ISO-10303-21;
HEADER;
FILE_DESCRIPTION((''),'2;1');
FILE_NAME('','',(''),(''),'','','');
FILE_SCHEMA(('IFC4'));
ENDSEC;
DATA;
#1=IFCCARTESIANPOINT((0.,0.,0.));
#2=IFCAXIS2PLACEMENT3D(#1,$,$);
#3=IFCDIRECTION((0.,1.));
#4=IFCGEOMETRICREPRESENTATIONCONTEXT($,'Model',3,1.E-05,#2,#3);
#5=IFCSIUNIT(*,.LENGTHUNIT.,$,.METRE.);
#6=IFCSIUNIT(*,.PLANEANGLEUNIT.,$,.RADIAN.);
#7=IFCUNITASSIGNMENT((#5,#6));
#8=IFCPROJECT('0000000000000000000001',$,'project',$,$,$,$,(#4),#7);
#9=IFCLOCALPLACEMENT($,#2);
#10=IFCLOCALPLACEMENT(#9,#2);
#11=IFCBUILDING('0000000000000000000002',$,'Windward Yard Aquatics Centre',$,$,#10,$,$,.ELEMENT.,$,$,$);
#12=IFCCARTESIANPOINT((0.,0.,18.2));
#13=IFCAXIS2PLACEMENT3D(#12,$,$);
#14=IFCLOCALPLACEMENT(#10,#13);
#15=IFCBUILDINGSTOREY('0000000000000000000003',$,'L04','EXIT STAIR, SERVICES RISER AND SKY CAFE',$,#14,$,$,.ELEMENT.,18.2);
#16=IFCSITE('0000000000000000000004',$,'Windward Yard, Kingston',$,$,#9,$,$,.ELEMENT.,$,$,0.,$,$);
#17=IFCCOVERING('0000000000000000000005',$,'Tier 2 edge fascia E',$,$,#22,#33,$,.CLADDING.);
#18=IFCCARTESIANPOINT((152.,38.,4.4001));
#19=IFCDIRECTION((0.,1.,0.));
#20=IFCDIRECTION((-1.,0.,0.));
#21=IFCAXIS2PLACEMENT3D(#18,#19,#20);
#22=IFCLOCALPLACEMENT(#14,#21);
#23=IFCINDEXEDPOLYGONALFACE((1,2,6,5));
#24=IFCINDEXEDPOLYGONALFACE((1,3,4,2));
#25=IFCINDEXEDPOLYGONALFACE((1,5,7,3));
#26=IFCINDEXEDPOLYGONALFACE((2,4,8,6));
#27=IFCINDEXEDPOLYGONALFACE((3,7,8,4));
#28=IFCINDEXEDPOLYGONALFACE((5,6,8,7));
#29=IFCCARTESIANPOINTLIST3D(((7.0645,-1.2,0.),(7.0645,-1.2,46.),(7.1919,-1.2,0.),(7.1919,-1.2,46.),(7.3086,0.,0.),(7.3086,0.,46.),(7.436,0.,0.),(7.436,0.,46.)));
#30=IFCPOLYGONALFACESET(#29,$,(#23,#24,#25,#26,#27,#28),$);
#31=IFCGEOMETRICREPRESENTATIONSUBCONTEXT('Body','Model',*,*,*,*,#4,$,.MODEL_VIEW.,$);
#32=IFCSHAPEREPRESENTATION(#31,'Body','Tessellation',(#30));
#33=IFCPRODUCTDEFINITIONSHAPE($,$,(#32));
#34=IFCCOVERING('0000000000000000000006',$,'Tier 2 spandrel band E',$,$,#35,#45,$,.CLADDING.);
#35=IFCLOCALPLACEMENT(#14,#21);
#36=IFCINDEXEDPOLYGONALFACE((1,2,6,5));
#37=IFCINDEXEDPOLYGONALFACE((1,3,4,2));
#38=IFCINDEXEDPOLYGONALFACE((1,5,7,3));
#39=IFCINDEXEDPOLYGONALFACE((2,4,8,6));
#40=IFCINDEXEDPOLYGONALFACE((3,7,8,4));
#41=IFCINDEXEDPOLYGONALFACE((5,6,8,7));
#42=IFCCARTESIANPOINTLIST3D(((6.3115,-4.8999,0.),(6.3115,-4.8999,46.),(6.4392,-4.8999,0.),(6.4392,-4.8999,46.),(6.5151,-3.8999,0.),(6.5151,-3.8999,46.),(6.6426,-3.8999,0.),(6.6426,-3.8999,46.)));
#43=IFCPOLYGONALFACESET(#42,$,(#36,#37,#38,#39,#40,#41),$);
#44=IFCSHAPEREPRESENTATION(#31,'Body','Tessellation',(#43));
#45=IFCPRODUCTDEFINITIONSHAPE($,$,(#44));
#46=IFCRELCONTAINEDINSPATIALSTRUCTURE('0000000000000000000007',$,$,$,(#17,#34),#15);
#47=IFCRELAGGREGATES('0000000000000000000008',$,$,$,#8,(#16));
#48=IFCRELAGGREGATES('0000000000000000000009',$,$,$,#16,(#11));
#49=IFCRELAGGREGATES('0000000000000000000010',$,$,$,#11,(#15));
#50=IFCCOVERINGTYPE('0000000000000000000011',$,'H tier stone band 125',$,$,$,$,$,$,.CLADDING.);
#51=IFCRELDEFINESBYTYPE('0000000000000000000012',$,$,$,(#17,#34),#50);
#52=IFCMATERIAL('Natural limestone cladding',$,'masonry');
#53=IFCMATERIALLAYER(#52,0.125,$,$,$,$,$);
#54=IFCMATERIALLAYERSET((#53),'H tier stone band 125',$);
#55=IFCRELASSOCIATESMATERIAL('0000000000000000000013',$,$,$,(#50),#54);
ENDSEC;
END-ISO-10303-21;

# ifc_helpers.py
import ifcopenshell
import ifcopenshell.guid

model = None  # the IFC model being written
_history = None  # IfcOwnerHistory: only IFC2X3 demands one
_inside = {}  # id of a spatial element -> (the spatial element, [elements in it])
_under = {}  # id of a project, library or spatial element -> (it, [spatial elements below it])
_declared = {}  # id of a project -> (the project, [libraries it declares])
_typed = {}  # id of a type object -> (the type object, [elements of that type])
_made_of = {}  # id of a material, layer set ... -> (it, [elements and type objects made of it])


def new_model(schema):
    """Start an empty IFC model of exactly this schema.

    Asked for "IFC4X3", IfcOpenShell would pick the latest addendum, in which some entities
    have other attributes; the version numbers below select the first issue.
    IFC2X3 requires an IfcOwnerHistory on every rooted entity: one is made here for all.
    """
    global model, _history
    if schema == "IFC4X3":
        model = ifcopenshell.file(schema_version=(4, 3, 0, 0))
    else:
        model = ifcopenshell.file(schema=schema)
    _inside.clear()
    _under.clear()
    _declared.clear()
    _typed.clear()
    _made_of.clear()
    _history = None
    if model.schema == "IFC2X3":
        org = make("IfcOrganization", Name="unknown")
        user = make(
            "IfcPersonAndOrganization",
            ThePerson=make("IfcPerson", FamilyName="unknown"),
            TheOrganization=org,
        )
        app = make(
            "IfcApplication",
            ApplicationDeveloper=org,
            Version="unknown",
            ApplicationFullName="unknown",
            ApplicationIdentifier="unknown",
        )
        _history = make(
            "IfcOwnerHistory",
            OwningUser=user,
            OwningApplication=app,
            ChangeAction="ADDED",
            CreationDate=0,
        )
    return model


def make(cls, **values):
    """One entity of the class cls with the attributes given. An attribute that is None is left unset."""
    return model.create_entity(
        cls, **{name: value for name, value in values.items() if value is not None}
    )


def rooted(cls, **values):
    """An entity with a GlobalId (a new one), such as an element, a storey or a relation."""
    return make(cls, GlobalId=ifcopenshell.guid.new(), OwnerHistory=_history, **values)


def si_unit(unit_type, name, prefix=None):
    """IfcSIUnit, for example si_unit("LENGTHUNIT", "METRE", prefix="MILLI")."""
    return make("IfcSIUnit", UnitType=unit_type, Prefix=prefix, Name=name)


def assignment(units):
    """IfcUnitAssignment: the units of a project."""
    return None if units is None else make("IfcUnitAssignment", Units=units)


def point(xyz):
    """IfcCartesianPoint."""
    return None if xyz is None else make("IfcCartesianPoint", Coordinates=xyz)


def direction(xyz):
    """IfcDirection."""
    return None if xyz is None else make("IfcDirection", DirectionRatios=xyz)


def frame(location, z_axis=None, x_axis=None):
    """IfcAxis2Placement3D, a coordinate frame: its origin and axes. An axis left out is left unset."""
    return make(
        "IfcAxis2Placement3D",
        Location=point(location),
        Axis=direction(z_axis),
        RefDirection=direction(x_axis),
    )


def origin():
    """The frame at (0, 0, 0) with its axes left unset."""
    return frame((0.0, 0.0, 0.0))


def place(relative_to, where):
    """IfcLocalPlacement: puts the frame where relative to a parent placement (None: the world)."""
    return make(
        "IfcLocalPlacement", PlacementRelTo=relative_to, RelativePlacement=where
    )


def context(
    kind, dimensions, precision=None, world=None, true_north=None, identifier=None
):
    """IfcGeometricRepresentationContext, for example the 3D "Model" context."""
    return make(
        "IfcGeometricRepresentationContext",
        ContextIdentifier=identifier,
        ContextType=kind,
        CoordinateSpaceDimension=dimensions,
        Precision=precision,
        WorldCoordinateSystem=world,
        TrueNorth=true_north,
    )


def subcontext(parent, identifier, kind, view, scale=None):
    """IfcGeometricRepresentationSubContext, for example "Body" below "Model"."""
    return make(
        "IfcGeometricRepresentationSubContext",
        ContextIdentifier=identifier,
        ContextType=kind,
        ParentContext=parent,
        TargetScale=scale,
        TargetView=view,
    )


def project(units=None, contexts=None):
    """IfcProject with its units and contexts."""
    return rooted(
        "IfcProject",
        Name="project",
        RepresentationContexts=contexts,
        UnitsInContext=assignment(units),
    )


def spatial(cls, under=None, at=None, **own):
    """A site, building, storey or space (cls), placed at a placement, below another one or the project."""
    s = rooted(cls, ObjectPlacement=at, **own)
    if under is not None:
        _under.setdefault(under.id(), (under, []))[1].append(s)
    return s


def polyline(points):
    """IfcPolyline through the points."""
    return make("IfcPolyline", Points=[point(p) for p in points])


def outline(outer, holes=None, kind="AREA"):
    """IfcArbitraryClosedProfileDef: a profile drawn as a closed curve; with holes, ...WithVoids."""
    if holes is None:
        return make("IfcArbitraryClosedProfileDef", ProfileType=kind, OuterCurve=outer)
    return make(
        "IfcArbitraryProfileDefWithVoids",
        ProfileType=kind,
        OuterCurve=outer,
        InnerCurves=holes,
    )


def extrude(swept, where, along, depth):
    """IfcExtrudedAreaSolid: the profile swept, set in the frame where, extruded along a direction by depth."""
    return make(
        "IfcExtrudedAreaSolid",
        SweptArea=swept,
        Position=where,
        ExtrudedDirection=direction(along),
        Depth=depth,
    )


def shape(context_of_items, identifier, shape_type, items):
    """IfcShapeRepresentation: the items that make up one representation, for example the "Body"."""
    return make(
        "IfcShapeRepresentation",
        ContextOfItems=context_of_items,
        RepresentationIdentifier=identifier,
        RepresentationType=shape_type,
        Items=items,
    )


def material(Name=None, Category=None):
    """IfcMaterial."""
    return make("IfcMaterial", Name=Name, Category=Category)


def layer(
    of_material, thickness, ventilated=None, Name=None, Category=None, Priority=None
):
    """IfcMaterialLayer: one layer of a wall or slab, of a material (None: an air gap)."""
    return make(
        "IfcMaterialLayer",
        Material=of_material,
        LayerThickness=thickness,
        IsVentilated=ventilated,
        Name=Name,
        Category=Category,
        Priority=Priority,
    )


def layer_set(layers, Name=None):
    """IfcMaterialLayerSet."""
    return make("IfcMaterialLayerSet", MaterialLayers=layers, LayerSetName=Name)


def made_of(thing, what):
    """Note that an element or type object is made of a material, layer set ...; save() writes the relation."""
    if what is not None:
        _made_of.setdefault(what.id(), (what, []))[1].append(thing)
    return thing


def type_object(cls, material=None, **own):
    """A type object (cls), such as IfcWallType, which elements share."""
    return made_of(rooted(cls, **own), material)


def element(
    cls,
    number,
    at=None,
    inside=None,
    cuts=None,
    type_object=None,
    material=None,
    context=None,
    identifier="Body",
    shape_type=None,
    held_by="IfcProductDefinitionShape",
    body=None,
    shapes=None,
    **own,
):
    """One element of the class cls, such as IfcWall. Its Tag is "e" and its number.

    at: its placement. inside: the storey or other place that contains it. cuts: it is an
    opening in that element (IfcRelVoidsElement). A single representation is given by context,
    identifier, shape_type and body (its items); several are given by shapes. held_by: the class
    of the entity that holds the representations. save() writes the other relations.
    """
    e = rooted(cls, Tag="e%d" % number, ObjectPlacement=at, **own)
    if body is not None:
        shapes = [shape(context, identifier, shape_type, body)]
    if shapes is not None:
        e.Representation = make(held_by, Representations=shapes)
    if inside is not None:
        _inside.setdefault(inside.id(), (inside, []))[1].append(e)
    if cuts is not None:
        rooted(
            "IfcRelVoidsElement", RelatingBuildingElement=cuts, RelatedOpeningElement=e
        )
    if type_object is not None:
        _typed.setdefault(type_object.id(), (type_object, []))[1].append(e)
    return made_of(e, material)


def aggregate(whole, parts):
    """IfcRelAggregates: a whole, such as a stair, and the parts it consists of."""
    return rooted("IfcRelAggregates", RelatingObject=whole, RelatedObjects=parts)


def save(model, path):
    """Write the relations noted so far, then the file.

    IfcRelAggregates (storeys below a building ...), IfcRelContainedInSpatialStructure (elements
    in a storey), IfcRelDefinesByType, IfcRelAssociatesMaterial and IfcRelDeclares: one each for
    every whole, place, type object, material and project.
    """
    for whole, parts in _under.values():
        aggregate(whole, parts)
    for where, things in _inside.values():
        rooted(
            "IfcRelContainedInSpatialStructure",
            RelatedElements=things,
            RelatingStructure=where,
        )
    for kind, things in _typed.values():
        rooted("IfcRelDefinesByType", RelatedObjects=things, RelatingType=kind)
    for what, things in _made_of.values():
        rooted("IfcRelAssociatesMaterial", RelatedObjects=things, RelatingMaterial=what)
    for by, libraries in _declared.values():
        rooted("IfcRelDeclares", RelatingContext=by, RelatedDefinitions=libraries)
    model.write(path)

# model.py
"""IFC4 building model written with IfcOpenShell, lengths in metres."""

from ifc_helpers import new_model, si_unit, direction, frame, origin, place, context, subcontext, project, spatial, polyline, outline, extrude, material, layer, layer_set, type_object, element, save


model = new_model("IFC4")

# Units and contexts
model_context = context("Model", 3, precision=1e-05, world=origin(), true_north=direction((0.0, 1.0)))
body_context = subcontext(model_context, "Body", "Model", "MODEL_VIEW")
ifc_project = project(units=[si_unit("LENGTHUNIT", "METRE"), si_unit("PLANEANGLEUNIT", "RADIAN")], contexts=[model_context])

# Site, building, storey
site_placement = place(None, origin())
site = spatial("IfcSite", under=ifc_project, at=site_placement, Name="Windward Yard, Kingston", CompositionType="ELEMENT", RefElevation=0.0)
building_placement = place(site_placement, origin())
building = spatial("IfcBuilding", under=site, at=building_placement, Name="Windward Yard Aquatics Centre", CompositionType="ELEMENT")
storey_placement = place(building_placement, frame((0.0, 0.0, 18.2)))
storey = spatial("IfcBuildingStorey", under=building, at=storey_placement, Name="L04", Description="EXIT STAIR, SERVICES RISER AND SKY CAFE", CompositionType="ELEMENT", Elevation=18.2)

# Coverings
ifc_material_1 = material(Name="Natural limestone cladding", Category="masonry")
ifc_layer_1 = layer(ifc_material_1, 0.125)
ifc_layer_set_1 = layer_set([ifc_layer_1], Name="H tier stone band 125")
covering_type = type_object("IfcCoveringType", Name="H tier stone band 125", PredefinedType="CLADDING", material=ifc_layer_set_1)
covering_1_placement = place(storey_placement, frame((152.0, 38.0, 4.4001), z_axis=(0.0, 1.0, 0.0), x_axis=(-1.0, 0.0, 0.0)))
element("IfcCovering", 1, at=covering_1_placement, inside=storey, type_object=covering_type, Name="Tier 2 edge fascia E", PredefinedType="CLADDING", context=body_context, shape_type="SweptSolid", body=[
    extrude(outline(polyline([(7.0645, -1.2), (7.1919, -1.2), (7.436, 0.0), (7.3086, 0.0), (7.0645, -1.2)])), origin(), (0.0, 0.0, 1.0), 46.0),
])
covering_2_placement = place(storey_placement, frame((152.0, 38.0, 4.4001), z_axis=(0.0, 1.0, 0.0), x_axis=(-1.0, 0.0, 0.0)))
element("IfcCovering", 2, at=covering_2_placement, inside=storey, type_object=covering_type, Name="Tier 2 spandrel band E", PredefinedType="CLADDING", context=body_context, shape_type="SweptSolid", body=[
    extrude(outline(polyline([(6.3115, -4.8999), (6.4392, -4.8999), (6.6426, -3.8999), (6.5151, -3.8999), (6.3115, -4.8999)])), origin(), (0.0, 0.0, 1.0), 46.0),
])

save(model, "model.ifc")
